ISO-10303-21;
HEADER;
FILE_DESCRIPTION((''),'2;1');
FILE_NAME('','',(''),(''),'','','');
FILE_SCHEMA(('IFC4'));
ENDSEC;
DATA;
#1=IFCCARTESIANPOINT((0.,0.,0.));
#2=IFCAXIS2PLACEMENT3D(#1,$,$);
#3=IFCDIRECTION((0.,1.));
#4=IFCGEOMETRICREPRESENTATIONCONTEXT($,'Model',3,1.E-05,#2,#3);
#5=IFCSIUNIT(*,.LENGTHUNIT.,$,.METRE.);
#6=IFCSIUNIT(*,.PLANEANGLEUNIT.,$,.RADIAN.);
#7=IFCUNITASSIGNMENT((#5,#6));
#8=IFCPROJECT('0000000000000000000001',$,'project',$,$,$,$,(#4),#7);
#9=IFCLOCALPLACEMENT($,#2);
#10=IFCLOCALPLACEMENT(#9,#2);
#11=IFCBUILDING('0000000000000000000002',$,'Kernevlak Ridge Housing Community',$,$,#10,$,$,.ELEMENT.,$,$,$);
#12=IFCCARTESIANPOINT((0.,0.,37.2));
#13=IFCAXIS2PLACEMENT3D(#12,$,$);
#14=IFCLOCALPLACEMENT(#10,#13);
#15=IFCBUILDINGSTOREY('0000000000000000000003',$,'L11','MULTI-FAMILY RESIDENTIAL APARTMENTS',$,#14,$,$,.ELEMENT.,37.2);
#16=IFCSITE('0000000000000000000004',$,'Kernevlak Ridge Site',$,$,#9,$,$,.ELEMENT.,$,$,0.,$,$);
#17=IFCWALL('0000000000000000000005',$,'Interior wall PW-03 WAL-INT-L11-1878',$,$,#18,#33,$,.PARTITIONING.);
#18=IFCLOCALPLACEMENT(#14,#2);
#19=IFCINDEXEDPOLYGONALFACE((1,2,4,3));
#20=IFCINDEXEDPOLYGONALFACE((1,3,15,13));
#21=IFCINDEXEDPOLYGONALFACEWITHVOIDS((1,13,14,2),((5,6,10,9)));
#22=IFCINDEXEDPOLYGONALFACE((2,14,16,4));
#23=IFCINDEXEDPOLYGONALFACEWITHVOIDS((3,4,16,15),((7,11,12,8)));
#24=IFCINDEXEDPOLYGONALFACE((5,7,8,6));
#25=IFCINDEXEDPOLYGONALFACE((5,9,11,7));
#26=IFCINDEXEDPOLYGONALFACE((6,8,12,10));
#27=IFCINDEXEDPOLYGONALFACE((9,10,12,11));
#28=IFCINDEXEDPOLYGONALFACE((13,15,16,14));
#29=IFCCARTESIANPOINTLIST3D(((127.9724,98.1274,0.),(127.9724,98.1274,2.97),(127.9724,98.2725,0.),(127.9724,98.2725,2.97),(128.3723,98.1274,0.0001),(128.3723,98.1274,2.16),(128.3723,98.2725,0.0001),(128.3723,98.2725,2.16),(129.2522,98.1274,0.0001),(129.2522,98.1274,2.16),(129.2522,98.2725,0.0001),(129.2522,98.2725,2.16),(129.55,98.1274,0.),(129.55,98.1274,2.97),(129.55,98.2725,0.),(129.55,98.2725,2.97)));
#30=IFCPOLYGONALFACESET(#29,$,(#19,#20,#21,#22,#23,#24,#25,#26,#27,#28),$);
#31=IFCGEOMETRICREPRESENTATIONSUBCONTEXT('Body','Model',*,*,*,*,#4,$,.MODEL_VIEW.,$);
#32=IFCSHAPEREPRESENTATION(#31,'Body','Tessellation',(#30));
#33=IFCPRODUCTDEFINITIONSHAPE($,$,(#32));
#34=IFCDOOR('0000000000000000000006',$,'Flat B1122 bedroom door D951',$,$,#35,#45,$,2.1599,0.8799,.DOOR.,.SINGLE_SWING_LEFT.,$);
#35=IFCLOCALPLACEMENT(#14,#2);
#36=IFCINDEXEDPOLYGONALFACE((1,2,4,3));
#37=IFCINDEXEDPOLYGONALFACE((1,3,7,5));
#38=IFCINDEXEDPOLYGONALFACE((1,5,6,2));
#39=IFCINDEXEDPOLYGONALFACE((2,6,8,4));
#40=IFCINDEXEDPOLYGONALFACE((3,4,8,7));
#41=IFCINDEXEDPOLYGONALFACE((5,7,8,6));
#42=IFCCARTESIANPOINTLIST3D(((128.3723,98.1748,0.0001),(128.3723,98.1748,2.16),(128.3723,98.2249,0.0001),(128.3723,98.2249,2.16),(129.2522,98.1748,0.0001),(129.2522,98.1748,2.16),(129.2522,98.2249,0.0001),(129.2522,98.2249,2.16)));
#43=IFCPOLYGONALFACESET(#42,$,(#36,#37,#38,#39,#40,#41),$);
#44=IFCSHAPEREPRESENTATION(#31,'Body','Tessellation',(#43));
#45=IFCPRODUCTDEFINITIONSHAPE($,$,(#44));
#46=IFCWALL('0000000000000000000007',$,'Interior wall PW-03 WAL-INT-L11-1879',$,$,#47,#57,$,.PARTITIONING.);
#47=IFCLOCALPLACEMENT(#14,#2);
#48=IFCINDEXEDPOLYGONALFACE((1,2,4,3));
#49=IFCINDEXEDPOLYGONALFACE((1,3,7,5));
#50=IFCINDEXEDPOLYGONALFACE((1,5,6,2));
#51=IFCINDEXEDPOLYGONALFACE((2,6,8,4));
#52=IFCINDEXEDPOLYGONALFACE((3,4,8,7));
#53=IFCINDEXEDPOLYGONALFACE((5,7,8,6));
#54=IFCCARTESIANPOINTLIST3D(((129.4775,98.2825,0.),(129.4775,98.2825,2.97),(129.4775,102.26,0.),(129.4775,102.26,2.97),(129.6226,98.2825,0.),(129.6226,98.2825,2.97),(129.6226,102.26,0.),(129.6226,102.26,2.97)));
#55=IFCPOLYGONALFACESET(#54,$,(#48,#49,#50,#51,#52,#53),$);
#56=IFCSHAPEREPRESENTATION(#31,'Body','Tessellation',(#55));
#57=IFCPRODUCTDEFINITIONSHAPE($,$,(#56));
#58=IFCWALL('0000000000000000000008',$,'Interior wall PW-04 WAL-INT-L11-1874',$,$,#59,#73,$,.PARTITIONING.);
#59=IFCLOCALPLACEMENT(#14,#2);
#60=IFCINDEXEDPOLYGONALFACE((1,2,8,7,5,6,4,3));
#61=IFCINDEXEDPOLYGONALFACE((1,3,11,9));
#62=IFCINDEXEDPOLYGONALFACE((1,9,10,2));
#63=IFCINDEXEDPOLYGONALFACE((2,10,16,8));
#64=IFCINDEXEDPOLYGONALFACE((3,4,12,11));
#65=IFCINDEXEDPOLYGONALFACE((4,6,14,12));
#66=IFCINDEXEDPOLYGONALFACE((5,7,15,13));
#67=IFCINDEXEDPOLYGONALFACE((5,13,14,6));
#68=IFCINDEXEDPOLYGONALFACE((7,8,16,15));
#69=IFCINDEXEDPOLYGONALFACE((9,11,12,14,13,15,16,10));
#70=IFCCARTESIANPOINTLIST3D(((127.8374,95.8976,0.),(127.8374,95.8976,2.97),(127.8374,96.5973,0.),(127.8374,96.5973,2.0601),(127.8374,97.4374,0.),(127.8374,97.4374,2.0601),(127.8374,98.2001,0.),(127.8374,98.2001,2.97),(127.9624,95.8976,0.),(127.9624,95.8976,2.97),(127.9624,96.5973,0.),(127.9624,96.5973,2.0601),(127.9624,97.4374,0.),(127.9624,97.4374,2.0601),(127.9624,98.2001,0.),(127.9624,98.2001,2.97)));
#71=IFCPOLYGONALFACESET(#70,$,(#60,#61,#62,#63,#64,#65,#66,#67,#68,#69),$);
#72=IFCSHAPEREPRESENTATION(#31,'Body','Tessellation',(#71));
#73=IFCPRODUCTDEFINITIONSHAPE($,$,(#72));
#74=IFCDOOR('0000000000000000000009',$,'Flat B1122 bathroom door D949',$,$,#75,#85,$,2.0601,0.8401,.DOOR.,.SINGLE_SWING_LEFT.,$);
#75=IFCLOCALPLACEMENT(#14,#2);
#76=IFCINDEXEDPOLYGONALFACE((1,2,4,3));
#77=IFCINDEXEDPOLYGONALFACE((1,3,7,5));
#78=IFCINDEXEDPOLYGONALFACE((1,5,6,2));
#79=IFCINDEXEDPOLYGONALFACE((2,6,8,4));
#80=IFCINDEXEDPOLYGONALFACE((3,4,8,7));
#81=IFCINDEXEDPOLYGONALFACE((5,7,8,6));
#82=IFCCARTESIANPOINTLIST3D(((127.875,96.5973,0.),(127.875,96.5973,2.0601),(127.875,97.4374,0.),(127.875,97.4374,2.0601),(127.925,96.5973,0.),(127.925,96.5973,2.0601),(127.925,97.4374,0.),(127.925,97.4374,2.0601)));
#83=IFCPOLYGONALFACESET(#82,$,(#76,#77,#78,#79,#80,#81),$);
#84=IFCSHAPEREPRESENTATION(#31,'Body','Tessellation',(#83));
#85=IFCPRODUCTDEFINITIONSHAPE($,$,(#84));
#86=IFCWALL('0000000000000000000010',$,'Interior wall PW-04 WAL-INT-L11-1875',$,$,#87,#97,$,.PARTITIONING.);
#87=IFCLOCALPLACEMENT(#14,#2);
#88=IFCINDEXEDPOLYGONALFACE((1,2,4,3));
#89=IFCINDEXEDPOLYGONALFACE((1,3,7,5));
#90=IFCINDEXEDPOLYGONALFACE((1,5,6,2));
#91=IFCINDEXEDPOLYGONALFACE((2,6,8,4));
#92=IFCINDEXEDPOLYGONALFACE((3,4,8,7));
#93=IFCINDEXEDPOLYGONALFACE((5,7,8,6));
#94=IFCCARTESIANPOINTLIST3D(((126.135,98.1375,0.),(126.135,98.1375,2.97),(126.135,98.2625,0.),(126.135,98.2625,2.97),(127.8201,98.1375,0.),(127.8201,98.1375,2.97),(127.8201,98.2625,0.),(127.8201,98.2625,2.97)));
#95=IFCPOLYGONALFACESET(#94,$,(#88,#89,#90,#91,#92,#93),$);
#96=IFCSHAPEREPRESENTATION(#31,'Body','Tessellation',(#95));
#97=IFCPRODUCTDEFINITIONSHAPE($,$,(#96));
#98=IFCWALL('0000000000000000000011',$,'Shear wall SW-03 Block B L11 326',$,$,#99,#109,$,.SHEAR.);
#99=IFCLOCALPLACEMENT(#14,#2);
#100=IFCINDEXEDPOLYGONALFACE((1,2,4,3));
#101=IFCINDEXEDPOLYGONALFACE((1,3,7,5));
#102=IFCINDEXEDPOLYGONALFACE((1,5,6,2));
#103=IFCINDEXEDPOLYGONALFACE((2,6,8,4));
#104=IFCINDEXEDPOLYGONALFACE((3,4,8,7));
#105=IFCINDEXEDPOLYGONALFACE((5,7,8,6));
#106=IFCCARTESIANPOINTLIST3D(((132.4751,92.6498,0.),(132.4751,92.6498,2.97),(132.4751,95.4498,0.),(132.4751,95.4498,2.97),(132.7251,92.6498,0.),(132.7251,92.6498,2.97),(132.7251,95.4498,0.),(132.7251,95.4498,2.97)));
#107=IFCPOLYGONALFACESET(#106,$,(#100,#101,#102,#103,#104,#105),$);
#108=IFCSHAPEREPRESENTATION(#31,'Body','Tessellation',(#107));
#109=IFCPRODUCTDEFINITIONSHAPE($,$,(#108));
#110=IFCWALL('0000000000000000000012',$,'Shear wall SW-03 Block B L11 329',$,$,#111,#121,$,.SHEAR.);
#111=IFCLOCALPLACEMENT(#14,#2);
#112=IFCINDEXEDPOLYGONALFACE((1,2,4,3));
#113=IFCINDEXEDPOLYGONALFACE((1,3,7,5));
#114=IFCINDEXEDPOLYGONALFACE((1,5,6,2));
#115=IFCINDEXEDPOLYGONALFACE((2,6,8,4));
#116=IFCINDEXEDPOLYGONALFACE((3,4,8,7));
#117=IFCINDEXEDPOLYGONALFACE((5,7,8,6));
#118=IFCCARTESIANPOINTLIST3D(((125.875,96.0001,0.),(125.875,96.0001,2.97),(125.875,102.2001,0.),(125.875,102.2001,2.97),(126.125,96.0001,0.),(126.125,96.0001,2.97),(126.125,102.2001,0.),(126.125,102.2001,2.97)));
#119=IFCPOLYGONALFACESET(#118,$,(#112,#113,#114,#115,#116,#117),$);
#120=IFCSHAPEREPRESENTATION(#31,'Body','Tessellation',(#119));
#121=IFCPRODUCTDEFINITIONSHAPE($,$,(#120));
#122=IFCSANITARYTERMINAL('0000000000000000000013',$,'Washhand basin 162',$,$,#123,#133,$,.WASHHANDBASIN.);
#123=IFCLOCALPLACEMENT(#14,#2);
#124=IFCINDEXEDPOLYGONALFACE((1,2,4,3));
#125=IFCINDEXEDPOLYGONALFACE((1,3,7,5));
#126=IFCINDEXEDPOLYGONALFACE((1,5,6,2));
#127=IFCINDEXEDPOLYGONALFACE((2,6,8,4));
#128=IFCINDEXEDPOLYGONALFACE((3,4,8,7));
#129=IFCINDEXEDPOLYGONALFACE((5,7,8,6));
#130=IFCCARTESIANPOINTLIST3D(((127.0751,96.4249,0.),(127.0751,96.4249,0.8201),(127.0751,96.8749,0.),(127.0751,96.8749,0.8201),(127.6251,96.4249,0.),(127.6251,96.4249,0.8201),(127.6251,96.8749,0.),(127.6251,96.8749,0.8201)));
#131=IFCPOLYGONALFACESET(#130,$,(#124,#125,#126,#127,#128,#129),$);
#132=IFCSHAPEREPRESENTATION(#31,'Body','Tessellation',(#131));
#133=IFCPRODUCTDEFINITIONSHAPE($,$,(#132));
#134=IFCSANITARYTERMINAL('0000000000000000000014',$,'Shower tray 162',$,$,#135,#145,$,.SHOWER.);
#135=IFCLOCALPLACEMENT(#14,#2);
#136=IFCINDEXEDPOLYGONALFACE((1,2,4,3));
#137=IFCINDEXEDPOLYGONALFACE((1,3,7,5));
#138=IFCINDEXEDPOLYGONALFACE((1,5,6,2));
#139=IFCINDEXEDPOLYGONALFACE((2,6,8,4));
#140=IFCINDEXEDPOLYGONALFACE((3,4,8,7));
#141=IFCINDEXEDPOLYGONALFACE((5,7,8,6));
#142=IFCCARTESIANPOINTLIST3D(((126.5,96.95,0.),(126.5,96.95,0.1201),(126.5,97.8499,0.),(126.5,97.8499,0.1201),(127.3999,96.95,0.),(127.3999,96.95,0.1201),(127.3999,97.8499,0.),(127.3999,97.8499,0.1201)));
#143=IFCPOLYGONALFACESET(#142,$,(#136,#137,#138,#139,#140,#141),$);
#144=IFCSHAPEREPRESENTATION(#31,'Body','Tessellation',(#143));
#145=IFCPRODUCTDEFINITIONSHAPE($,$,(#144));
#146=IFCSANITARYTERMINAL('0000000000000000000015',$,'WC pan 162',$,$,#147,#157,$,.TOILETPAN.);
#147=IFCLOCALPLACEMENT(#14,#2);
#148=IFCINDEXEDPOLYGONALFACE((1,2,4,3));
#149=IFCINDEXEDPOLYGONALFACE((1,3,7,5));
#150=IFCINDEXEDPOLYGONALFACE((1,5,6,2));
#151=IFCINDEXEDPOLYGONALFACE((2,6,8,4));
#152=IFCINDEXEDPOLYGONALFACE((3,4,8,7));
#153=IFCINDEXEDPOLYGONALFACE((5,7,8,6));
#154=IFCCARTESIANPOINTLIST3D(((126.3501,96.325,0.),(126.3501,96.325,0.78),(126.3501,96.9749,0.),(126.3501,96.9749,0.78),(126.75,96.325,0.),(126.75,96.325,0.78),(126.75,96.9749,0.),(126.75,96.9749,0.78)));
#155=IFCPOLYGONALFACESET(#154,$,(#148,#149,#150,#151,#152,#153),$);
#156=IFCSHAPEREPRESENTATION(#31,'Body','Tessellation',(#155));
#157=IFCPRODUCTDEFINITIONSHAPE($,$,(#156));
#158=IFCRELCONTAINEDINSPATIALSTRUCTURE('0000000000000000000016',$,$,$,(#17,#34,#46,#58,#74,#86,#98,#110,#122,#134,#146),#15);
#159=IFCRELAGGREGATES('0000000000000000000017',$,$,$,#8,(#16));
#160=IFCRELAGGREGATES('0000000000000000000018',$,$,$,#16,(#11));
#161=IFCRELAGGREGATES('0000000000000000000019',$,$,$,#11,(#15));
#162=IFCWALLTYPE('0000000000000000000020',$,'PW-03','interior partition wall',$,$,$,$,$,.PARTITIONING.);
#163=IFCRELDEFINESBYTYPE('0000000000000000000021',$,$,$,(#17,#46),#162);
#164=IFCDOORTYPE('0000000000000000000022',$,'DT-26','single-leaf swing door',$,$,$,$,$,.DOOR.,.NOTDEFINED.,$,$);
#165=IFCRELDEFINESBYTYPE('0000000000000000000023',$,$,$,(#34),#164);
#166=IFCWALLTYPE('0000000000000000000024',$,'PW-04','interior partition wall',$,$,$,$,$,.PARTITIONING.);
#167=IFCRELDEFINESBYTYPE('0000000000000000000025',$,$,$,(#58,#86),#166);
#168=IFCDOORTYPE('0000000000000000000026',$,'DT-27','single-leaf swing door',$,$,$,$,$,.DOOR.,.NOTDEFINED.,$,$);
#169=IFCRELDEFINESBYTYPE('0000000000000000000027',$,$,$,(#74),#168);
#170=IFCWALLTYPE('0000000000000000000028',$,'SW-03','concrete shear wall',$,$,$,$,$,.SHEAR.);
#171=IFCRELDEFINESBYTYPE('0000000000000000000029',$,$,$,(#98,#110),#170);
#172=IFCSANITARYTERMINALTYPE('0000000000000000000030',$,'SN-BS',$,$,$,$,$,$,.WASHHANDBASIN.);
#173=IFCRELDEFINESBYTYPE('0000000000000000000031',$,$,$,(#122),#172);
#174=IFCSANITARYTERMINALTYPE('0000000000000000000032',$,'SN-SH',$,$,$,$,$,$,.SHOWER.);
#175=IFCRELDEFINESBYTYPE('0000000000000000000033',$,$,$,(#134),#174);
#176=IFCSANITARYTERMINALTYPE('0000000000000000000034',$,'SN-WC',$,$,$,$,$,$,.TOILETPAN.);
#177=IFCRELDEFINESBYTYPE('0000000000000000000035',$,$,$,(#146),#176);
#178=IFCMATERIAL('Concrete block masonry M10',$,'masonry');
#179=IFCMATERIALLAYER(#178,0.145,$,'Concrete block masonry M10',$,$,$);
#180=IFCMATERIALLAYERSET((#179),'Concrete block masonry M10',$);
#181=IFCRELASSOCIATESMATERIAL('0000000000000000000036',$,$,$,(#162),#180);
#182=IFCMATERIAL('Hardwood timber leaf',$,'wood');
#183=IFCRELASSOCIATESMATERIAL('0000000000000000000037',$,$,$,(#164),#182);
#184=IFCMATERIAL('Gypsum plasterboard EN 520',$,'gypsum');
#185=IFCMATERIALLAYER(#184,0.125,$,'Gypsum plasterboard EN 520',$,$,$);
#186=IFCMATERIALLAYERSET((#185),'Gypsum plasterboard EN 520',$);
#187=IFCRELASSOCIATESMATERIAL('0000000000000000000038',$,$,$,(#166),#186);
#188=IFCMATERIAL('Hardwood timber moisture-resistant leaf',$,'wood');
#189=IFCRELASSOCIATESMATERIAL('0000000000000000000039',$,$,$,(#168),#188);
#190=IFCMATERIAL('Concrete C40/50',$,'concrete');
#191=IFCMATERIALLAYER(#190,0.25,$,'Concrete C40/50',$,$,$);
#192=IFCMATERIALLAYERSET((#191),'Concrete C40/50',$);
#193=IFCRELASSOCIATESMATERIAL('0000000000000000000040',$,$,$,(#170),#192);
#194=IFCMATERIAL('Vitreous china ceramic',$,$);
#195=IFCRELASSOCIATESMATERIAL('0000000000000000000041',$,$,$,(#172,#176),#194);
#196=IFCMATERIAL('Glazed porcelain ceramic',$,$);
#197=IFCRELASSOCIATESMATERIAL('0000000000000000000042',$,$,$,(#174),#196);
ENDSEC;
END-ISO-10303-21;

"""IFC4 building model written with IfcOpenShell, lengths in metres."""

from ifc_helpers import new_model, si_unit, direction, frame, frame_2d, origin, origin_2d, place, context, subcontext, project, spatial, rectangle, extrude, material, layer, layer_set, type_object, element, fill, save


model = new_model("IFC4")

# Units and contexts
model_context = context("Model", 3, precision=1e-05, world=origin(), true_north=direction((0.0, 1.0)))
body_context = subcontext(model_context, "Body", "Model", "MODEL_VIEW")
ifc_project = project(units=[si_unit("LENGTHUNIT", "METRE"), si_unit("PLANEANGLEUNIT", "RADIAN")], contexts=[model_context])

# Site, building, storey
site_placement = place(None, origin())
site = spatial("IfcSite", under=ifc_project, at=site_placement, Name="Kernevlak Ridge Site", CompositionType="ELEMENT", RefElevation=0.0)
building_placement = place(site_placement, origin())
building = spatial("IfcBuilding", under=site, at=building_placement, Name="Kernevlak Ridge Housing Community", CompositionType="ELEMENT")
storey_placement = place(building_placement, frame((0.0, 0.0, 37.2)))
storey = spatial("IfcBuildingStorey", under=building, at=storey_placement, Name="L11", Description="MULTI-FAMILY RESIDENTIAL APARTMENTS", CompositionType="ELEMENT", Elevation=37.2)

# Shared definitions
ifc_material_1 = material(Name="Concrete block masonry M10", Category="masonry")

# Wall, opening, door
ifc_layer_1 = layer(ifc_material_1, 0.145, Name="Concrete block masonry M10")
ifc_layer_set_1 = layer_set([ifc_layer_1], Name="Concrete block masonry M10")
wall_type_1 = type_object("IfcWallType", Name="PW-03", Description="interior partition wall", PredefinedType="PARTITIONING", material=ifc_layer_set_1)
wall_1_placement = place(storey_placement, frame((127.9724, 98.2, 0.0), z_axis=(0.0, 0.0, 1.0), x_axis=(1.0, 0.0, 0.0)))
wall_1 = element("IfcWall", 1, at=wall_1_placement, inside=storey, type_object=wall_type_1, Name="Interior wall PW-03 WAL-INT-L11-1878", PredefinedType="PARTITIONING", context=body_context, shape_type="SweptSolid", body=[
    extrude(rectangle(XDim=1.5776, YDim=0.145, at=frame_2d((0.7888, 0.0))), origin(), (0.0, 0.0, 1.0), 2.97),
])
opening_1_placement = place(wall_1_placement, frame((0.3999, 0.0, 0.0)))
opening_1 = element("IfcOpeningElement", 2, at=opening_1_placement, cuts=wall_1, PredefinedType="OPENING", context=body_context, shape_type="SweptSolid", body=[
    extrude(rectangle(XDim=0.8799, YDim=2.1599, at=frame_2d((0.4399, 1.0801))), frame((0.0, 0.0825, 0.0), z_axis=(0.0, -1.0, 0.0), x_axis=(1.0, 0.0, 0.0)), (0.0, 0.0, 1.0), 0.165),
])
ifc_material_2 = material(Name="Hardwood timber leaf", Category="wood")
door_type_1 = type_object("IfcDoorType", Name="DT-26", Description="single-leaf swing door", OperationType="NOTDEFINED", PredefinedType="DOOR", material=ifc_material_2)
door_1_placement = place(opening_1_placement, origin())
door_1 = element("IfcDoor", 3, at=door_1_placement, inside=storey, type_object=door_type_1, Name="Flat B1122 bedroom door D951", OperationType="SINGLE_SWING_LEFT", OverallHeight=2.1599, OverallWidth=0.8799, PredefinedType="DOOR", context=body_context, shape_type="SweptSolid", body=[
    extrude(rectangle(XDim=0.8799, YDim=2.1599, at=frame_2d((0.4399, 1.0801))), frame((0.0, 0.0249, 0.0), z_axis=(0.0, -1.0, 0.0), x_axis=(1.0, 0.0, 0.0)), (0.0, 0.0, 1.0), 0.05),
])
fill(opening_1, door_1)

# Wall
wall_2_placement = place(storey_placement, frame((129.55, 98.2825, 0.0), z_axis=(0.0, 0.0, 1.0), x_axis=(0.0, 1.0, 0.0)))
element("IfcWall", 4, at=wall_2_placement, inside=storey, type_object=wall_type_1, Name="Interior wall PW-03 WAL-INT-L11-1879", PredefinedType="PARTITIONING", context=body_context, shape_type="SweptSolid", body=[
    extrude(rectangle(XDim=3.9775, YDim=0.145, at=frame_2d((1.9888, 0.0))), origin(), (0.0, 0.0, 1.0), 2.97),
])

# Wall, opening, door
ifc_material_3 = material(Name="Gypsum plasterboard EN 520", Category="gypsum")
ifc_layer_2 = layer(ifc_material_3, 0.125, Name="Gypsum plasterboard EN 520")
ifc_layer_set_2 = layer_set([ifc_layer_2], Name="Gypsum plasterboard EN 520")
wall_type_2 = type_object("IfcWallType", Name="PW-04", Description="interior partition wall", PredefinedType="PARTITIONING", material=ifc_layer_set_2)
wall_3_placement = place(storey_placement, frame((127.8999, 95.8975, 0.0), z_axis=(0.0, 0.0, 1.0), x_axis=(0.0, 1.0, 0.0)))
wall_3 = element("IfcWall", 5, at=wall_3_placement, inside=storey, type_object=wall_type_2, Name="Interior wall PW-04 WAL-INT-L11-1874", PredefinedType="PARTITIONING", context=body_context, shape_type="SweptSolid", body=[
    extrude(rectangle(XDim=2.3025, YDim=0.125, at=frame_2d((1.1514, 0.0))), origin(), (0.0, 0.0, 1.0), 2.97),
])
opening_2_placement = place(wall_3_placement, frame((0.7, 0.0, 0.0)))
opening_2 = element("IfcOpeningElement", 6, at=opening_2_placement, cuts=wall_3, PredefinedType="OPENING", context=body_context, shape_type="SweptSolid", body=[
    extrude(rectangle(XDim=0.8401, YDim=2.0601, at=frame_2d((0.4199, 1.03))), frame((0.0, 0.0725, 0.0), z_axis=(0.0, -1.0, 0.0), x_axis=(1.0, 0.0, 0.0)), (0.0, 0.0, 1.0), 0.145),
])
ifc_material_4 = material(Name="Hardwood timber moisture-resistant leaf", Category="wood")
door_type_2 = type_object("IfcDoorType", Name="DT-27", Description="single-leaf swing door", OperationType="NOTDEFINED", PredefinedType="DOOR", material=ifc_material_4)
door_2_placement = place(opening_2_placement, origin())
door_2 = element("IfcDoor", 7, at=door_2_placement, inside=storey, type_object=door_type_2, Name="Flat B1122 bathroom door D949", OperationType="SINGLE_SWING_LEFT", OverallHeight=2.0601, OverallWidth=0.8401, PredefinedType="DOOR", context=body_context, shape_type="SweptSolid", body=[
    extrude(rectangle(XDim=0.8401, YDim=2.0601, at=frame_2d((0.4199, 1.03))), frame((0.0, 0.0249, 0.0), z_axis=(0.0, -1.0, 0.0), x_axis=(1.0, 0.0, 0.0)), (0.0, 0.0, 1.0), 0.05),
])
fill(opening_2, door_2)

# Walls
wall_4_placement = place(storey_placement, frame((126.135, 98.2, 0.0), z_axis=(0.0, 0.0, 1.0), x_axis=(1.0, 0.0, 0.0)))
element("IfcWall", 8, at=wall_4_placement, inside=storey, type_object=wall_type_2, Name="Interior wall PW-04 WAL-INT-L11-1875", PredefinedType="PARTITIONING", context=body_context, shape_type="SweptSolid", body=[
    extrude(rectangle(XDim=1.6851, YDim=0.125, at=frame_2d((0.8425, 0.0))), origin(), (0.0, 0.0, 1.0), 2.97),
])
ifc_material_5 = material(Name="Concrete C40/50", Category="concrete")
ifc_layer_3 = layer(ifc_material_5, 0.25, Name="Concrete C40/50")
ifc_layer_set_3 = layer_set([ifc_layer_3], Name="Concrete C40/50")
wall_type_3 = type_object("IfcWallType", Name="SW-03", Description="concrete shear wall", PredefinedType="SHEAR", material=ifc_layer_set_3)
wall_5_placement = place(storey_placement, frame((132.6001, 92.6499, 0.0), z_axis=(0.0, 0.0, 1.0), x_axis=(0.0, 1.0, 0.0)))
element("IfcWall", 9, at=wall_5_placement, inside=storey, type_object=wall_type_3, Name="Shear wall SW-03 Block B L11 326", PredefinedType="SHEAR", context=body_context, shape_type="SweptSolid", body=[
    extrude(rectangle(XDim=2.8, YDim=0.25, at=frame_2d((1.3999, 0.0))), origin(), (0.0, 0.0, 1.0), 2.97),
])
wall_6_placement = place(storey_placement, frame((126.0, 96.0, 0.0), z_axis=(0.0, 0.0, 1.0), x_axis=(0.0, 1.0, 0.0)))
element("IfcWall", 10, at=wall_6_placement, inside=storey, type_object=wall_type_3, Name="Shear wall SW-03 Block B L11 329", PredefinedType="SHEAR", context=body_context, shape_type="SweptSolid", body=[
    extrude(rectangle(XDim=6.2, YDim=0.25, at=frame_2d((3.1001, 0.0))), origin(), (0.0, 0.0, 1.0), 2.97),
])

# Sanitary terminals
ifc_material_6 = material(Name="Vitreous china ceramic")
sanitary_terminal_type_1 = type_object("IfcSanitaryTerminalType", Name="SN-BS", PredefinedType="WASHHANDBASIN", material=ifc_material_6)
sanitary_terminal_1_placement = place(storey_placement, frame((127.3501, 96.6499, 0.0), z_axis=(0.0, 0.0, 1.0), x_axis=(1.0, 0.0, 0.0)))
element("IfcSanitaryTerminal", 11, at=sanitary_terminal_1_placement, inside=storey, type_object=sanitary_terminal_type_1, Name="Washhand basin 162", PredefinedType="WASHHANDBASIN", context=body_context, shape_type="SweptSolid", body=[
    extrude(rectangle(XDim=0.55, YDim=0.45, at=origin_2d()), origin(), (0.0, 0.0, 1.0), 0.8201),
])
ifc_material_7 = material(Name="Glazed porcelain ceramic")
sanitary_terminal_type_2 = type_object("IfcSanitaryTerminalType", Name="SN-SH", PredefinedType="SHOWER", material=ifc_material_7)
sanitary_terminal_2_placement = place(storey_placement, frame((126.95, 97.3999, 0.0), z_axis=(0.0, 0.0, 1.0), x_axis=(1.0, 0.0, 0.0)))
element("IfcSanitaryTerminal", 12, at=sanitary_terminal_2_placement, inside=storey, type_object=sanitary_terminal_type_2, Name="Shower tray 162", PredefinedType="SHOWER", context=body_context, shape_type="SweptSolid", body=[
    extrude(rectangle(XDim=0.8999, YDim=0.8999, at=origin_2d()), origin(), (0.0, 0.0, 1.0), 0.1201),
])
sanitary_terminal_type_3 = type_object("IfcSanitaryTerminalType", Name="SN-WC", PredefinedType="TOILETPAN", material=ifc_material_6)
sanitary_terminal_3_placement = place(storey_placement, frame((126.55, 96.6499, 0.0), z_axis=(0.0, 0.0, 1.0), x_axis=(1.0, 0.0, 0.0)))
element("IfcSanitaryTerminal", 13, at=sanitary_terminal_3_placement, inside=storey, type_object=sanitary_terminal_type_3, Name="WC pan 162", PredefinedType="TOILETPAN", context=body_context, shape_type="SweptSolid", body=[
    extrude(rectangle(XDim=0.3999, YDim=0.6499, at=origin_2d()), origin(), (0.0, 0.0, 1.0), 0.78),
])

save(model, "model.ifc")
